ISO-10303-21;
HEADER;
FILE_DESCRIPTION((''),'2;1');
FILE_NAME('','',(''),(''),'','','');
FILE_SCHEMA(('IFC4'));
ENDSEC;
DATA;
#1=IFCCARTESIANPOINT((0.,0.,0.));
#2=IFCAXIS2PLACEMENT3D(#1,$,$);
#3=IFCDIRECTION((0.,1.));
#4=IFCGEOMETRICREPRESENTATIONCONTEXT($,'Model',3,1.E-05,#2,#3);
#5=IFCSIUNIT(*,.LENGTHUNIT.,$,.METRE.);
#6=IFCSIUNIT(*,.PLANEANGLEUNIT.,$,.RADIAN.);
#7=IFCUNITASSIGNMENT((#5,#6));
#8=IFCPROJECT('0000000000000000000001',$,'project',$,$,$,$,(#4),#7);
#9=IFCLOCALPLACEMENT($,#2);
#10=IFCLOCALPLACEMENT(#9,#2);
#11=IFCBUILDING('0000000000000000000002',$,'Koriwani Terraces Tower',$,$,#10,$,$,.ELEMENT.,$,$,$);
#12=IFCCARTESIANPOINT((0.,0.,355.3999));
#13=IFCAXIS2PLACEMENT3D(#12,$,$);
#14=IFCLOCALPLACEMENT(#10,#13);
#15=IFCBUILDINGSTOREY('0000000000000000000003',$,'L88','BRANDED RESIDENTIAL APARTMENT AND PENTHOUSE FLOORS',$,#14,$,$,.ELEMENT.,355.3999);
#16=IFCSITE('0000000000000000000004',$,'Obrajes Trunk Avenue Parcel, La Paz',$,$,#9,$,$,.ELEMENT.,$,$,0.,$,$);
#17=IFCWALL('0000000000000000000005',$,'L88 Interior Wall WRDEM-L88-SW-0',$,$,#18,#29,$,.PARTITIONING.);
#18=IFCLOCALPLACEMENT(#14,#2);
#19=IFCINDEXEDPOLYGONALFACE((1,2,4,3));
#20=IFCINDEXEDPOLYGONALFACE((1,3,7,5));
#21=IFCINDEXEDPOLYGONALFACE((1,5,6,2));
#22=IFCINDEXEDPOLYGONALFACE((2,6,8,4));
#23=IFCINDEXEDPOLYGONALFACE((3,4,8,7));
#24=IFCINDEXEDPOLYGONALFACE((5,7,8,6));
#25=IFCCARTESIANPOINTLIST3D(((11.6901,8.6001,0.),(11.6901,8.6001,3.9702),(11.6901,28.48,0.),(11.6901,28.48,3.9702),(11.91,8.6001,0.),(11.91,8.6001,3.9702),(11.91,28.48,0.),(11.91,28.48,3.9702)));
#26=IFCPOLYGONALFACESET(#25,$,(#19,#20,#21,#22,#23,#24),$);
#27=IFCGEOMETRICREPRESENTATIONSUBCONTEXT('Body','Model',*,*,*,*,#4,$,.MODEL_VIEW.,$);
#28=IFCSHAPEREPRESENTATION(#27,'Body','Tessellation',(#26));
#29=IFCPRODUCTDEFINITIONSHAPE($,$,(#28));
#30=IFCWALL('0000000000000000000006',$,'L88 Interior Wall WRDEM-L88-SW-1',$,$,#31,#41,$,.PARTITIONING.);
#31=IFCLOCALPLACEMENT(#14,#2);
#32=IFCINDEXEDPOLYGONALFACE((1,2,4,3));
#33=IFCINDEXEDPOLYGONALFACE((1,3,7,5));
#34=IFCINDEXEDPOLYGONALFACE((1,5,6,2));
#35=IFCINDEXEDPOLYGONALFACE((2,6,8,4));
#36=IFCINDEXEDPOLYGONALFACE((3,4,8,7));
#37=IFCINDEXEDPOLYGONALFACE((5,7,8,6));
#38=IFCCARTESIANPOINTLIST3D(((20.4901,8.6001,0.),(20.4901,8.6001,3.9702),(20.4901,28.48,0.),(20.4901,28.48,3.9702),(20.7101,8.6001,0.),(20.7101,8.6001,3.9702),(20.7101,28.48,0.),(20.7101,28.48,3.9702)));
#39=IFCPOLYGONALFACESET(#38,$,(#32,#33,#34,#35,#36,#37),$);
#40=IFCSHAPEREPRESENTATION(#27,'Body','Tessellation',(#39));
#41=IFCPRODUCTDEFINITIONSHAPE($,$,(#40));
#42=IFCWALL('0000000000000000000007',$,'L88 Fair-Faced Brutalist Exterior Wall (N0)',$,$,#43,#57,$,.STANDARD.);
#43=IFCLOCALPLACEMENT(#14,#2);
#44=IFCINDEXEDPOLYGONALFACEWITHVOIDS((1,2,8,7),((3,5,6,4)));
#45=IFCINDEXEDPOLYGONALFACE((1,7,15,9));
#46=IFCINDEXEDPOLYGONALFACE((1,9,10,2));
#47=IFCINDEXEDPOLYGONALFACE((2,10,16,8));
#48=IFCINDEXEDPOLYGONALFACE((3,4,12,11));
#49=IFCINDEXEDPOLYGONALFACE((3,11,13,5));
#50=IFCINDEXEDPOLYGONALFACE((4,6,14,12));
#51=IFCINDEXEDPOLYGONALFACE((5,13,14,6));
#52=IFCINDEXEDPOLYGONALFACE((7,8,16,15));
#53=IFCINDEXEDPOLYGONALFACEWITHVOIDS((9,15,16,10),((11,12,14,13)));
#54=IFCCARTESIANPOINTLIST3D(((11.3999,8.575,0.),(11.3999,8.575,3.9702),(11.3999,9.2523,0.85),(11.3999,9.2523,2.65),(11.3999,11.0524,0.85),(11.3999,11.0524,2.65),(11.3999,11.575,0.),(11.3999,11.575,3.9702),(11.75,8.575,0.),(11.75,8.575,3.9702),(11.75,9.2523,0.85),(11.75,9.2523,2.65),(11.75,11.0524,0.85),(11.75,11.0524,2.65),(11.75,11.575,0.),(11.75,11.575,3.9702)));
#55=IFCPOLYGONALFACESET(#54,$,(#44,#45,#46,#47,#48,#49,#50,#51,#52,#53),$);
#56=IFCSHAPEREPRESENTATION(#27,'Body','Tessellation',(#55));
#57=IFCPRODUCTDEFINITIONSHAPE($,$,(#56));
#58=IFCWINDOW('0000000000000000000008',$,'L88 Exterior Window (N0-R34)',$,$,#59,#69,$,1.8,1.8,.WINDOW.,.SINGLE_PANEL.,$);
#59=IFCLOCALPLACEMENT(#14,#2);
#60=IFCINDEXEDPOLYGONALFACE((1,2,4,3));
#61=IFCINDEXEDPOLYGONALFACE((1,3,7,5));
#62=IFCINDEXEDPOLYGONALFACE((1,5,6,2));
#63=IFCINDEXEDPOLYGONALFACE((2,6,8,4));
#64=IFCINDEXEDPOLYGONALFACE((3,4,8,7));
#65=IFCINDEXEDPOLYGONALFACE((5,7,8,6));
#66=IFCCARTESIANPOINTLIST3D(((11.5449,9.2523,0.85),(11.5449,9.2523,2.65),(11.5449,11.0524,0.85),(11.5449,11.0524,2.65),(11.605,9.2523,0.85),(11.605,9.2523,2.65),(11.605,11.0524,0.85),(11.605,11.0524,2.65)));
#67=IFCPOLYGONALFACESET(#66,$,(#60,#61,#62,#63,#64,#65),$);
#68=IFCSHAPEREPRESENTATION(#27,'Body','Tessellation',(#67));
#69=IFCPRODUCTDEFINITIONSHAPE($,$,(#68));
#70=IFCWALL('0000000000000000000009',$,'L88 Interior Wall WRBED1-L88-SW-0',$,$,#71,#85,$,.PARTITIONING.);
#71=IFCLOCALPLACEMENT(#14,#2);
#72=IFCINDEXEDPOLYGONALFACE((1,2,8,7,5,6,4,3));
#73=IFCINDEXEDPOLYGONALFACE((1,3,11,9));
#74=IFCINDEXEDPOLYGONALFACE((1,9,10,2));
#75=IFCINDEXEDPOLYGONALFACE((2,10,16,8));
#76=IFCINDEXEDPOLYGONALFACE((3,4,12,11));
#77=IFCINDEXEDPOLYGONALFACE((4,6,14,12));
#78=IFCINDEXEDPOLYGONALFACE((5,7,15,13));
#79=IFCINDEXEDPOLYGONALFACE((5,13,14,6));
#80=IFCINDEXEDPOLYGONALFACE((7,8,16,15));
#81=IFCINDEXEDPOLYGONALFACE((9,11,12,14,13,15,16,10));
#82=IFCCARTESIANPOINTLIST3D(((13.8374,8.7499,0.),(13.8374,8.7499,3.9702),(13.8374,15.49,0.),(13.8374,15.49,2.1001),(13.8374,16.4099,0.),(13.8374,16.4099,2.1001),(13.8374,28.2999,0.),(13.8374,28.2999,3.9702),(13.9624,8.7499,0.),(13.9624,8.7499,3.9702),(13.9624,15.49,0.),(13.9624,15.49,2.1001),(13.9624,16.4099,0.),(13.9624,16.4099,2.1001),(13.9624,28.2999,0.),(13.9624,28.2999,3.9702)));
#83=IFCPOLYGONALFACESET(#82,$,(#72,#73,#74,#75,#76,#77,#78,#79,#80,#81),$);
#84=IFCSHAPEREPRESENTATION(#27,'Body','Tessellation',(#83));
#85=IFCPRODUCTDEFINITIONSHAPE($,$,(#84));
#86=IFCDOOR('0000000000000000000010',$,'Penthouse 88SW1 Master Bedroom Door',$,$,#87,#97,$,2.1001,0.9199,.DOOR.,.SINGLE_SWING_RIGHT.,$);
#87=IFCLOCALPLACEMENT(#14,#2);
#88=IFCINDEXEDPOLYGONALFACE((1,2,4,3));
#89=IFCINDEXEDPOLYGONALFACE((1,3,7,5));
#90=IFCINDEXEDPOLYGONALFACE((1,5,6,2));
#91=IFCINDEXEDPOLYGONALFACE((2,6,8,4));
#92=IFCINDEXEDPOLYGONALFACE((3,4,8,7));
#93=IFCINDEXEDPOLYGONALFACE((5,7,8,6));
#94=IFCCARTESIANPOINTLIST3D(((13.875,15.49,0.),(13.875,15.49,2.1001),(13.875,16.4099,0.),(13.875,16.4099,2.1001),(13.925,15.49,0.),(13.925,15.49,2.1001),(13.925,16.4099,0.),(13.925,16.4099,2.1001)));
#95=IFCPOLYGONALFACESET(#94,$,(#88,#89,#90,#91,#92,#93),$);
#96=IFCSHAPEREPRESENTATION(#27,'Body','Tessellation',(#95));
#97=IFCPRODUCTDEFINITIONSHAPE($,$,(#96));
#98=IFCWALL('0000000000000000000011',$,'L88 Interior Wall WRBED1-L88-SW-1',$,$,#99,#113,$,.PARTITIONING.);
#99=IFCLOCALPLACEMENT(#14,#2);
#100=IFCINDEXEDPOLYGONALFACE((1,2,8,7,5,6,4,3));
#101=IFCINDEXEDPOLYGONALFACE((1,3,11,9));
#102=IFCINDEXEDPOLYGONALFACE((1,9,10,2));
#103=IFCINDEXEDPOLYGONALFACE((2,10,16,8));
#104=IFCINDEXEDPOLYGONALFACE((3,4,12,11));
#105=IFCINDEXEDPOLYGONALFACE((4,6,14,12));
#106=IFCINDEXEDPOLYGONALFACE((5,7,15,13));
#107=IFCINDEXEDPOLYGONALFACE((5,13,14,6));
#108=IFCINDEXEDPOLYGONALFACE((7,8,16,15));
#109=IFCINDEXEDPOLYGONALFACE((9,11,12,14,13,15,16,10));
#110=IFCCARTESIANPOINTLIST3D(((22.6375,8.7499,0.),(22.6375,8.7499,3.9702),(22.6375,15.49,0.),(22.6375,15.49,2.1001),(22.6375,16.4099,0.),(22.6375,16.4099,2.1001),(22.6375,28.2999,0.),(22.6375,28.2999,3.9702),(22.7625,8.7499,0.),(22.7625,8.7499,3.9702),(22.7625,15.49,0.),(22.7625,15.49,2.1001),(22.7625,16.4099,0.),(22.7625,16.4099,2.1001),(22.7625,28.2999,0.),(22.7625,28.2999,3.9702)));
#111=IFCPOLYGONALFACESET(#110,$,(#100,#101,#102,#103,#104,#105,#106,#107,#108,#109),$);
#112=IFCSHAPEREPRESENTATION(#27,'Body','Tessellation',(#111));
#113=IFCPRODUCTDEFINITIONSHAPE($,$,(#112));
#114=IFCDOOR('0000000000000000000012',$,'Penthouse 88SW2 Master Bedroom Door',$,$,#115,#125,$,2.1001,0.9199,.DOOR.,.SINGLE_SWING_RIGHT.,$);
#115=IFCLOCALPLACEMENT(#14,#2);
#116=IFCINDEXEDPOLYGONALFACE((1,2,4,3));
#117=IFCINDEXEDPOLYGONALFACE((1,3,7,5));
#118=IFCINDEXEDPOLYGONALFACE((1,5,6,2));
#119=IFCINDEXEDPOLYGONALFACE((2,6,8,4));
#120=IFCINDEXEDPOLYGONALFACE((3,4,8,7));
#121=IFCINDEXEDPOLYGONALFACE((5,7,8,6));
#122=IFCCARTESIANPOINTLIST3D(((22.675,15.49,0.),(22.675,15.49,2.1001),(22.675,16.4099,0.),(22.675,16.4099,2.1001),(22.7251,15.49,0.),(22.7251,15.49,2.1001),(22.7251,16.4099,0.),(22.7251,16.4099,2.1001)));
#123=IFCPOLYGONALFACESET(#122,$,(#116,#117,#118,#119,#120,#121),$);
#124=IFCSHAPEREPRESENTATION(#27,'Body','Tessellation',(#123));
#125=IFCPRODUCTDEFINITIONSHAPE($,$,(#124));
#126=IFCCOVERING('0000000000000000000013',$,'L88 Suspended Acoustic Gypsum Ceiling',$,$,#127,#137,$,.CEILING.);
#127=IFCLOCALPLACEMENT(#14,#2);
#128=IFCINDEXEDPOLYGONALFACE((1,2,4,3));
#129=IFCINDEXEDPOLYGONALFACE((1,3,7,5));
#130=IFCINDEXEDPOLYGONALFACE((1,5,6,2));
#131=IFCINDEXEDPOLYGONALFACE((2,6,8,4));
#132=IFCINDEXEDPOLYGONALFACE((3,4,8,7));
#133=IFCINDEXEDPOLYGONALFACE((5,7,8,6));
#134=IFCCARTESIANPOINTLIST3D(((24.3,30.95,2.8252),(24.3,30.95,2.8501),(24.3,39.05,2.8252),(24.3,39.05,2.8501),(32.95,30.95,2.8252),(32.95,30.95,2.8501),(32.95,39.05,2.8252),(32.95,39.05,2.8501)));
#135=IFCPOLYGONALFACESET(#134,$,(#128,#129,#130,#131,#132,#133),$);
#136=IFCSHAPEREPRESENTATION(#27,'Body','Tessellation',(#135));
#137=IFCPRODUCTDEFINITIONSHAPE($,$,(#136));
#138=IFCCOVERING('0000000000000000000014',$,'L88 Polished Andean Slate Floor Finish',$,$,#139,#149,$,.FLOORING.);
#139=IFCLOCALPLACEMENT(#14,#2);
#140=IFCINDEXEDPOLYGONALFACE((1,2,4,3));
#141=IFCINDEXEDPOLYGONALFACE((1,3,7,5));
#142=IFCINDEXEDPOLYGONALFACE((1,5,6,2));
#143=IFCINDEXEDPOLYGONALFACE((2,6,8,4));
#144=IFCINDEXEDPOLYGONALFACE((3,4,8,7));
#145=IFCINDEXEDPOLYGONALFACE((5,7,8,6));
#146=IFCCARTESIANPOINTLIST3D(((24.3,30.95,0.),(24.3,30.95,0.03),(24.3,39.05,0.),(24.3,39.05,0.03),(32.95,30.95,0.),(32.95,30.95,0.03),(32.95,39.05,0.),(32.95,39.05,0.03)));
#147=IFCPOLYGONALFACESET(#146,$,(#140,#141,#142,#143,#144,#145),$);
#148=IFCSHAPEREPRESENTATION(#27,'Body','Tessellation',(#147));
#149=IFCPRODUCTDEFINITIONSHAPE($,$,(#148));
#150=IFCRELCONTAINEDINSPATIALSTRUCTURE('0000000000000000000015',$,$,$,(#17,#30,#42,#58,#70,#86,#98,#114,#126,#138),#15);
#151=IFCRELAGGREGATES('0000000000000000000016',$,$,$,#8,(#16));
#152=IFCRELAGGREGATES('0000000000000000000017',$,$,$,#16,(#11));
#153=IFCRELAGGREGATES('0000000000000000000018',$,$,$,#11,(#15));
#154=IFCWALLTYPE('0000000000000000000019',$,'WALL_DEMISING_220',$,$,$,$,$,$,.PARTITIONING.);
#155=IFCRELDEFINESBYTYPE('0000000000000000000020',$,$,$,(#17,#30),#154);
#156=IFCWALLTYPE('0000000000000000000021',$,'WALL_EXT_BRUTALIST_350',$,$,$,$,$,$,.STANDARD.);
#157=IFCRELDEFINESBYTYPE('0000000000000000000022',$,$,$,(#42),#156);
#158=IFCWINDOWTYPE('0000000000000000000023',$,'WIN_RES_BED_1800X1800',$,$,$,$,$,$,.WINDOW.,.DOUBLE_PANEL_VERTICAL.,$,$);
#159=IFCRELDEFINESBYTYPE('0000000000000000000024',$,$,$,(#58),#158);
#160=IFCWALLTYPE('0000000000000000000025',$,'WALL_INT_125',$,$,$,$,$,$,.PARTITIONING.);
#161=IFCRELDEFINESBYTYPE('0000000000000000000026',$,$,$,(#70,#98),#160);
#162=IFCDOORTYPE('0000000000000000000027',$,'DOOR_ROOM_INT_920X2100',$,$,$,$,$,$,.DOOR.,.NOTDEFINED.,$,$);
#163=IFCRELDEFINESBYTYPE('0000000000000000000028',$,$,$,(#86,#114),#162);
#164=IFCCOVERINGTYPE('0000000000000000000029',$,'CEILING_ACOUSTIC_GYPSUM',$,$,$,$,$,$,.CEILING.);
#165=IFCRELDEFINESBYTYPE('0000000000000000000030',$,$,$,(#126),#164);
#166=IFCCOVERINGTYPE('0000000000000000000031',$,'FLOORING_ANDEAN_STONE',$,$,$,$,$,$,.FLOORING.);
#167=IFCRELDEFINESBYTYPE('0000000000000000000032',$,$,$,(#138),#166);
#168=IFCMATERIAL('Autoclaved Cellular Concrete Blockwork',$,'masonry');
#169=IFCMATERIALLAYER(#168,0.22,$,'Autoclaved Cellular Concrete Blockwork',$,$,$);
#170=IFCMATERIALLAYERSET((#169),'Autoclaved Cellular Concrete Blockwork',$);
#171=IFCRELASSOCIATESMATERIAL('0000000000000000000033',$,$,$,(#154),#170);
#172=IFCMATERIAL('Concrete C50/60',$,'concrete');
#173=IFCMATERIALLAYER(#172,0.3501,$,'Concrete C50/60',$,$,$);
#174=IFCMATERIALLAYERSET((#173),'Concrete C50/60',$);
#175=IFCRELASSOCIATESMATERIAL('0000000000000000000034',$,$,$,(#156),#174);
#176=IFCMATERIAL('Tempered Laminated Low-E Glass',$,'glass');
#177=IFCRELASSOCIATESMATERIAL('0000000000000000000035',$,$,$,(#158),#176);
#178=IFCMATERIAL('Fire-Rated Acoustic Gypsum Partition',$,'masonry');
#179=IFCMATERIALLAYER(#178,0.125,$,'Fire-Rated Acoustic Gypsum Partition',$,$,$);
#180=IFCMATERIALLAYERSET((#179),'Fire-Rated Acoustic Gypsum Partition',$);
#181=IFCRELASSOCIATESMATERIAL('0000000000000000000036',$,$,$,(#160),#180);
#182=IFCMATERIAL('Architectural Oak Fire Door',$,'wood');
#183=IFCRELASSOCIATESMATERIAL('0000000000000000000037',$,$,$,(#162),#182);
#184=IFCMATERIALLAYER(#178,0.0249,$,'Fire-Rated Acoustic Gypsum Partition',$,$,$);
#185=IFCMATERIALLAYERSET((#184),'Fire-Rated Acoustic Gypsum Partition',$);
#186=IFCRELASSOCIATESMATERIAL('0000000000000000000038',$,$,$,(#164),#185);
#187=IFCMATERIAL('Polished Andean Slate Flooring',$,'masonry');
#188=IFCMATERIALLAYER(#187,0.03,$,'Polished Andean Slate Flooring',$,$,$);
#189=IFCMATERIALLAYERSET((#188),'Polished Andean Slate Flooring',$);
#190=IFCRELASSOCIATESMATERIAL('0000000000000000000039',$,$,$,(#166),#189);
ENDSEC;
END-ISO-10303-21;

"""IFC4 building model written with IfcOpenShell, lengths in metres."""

from ifc_helpers import new_model, si_unit, direction, frame, frame_2d, origin, place, context, subcontext, project, spatial, polyline, rectangle, outline, extrude, material, layer, layer_set, type_object, element, fill, save


model = new_model("IFC4")

# Units and contexts
model_context = context("Model", 3, precision=1e-05, world=origin(), true_north=direction((0.0, 1.0)))
body_context = subcontext(model_context, "Body", "Model", "MODEL_VIEW")
ifc_project = project(units=[si_unit("LENGTHUNIT", "METRE"), si_unit("PLANEANGLEUNIT", "RADIAN")], contexts=[model_context])

# Site, building, storey
site_placement = place(None, origin())
site = spatial("IfcSite", under=ifc_project, at=site_placement, Name="Obrajes Trunk Avenue Parcel, La Paz", CompositionType="ELEMENT", RefElevation=0.0)
building_placement = place(site_placement, origin())
building = spatial("IfcBuilding", under=site, at=building_placement, Name="Koriwani Terraces Tower", CompositionType="ELEMENT")
storey_placement = place(building_placement, frame((0.0, 0.0, 355.3999)))
storey = spatial("IfcBuildingStorey", under=building, at=storey_placement, Name="L88", Description="BRANDED RESIDENTIAL APARTMENT AND PENTHOUSE FLOORS", CompositionType="ELEMENT", Elevation=355.3999)

# Shared definitions
ifc_material_1 = material(Name="Concrete C50/60", Category="concrete")

# Walls
ifc_material_2 = material(Name="Autoclaved Cellular Concrete Blockwork", Category="masonry")
ifc_layer_1 = layer(ifc_material_2, 0.22, Name="Autoclaved Cellular Concrete Blockwork")
ifc_layer_set_1 = layer_set([ifc_layer_1], Name="Autoclaved Cellular Concrete Blockwork")
wall_type_1 = type_object("IfcWallType", Name="WALL_DEMISING_220", PredefinedType="PARTITIONING", material=ifc_layer_set_1)
for number, where, z_axis, x_axis, name in (
    (1, (11.8, 8.6001, 0.0), (0.0, 0.0, 1.0), (0.0, 1.0, 0.0), "L88 Interior Wall WRDEM-L88-SW-0"),
    (2, (20.6001, 8.6001, 0.0), (0.0, 0.0, 1.0), (0.0, 1.0, 0.0), "L88 Interior Wall WRDEM-L88-SW-1"),
):
    element("IfcWall", number, at=place(storey_placement, frame(where, z_axis=z_axis, x_axis=x_axis)), inside=storey, type_object=wall_type_1, Name=name, PredefinedType="PARTITIONING", context=body_context, shape_type="SweptSolid", body=[
        extrude(rectangle(XDim=19.8799, YDim=0.22, at=frame_2d((9.9399, 0.0))), origin(), (0.0, 0.0, 1.0), 3.9702),
    ])

# Wall, opening, window
ifc_layer_2 = layer(ifc_material_1, 0.3501, Name="Concrete C50/60")
ifc_layer_set_2 = layer_set([ifc_layer_2], Name="Concrete C50/60")
wall_type_2 = type_object("IfcWallType", Name="WALL_EXT_BRUTALIST_350", PredefinedType="STANDARD", material=ifc_layer_set_2)
wall_1_placement = place(storey_placement, frame((11.575, 8.575, 0.0), z_axis=(0.0, 0.0, 1.0), x_axis=(0.0, 1.0, 0.0)))
wall_1 = element("IfcWall", 3, at=wall_1_placement, inside=storey, type_object=wall_type_2, Name="L88 Fair-Faced Brutalist Exterior Wall (N0)", PredefinedType="STANDARD", context=body_context, shape_type="SweptSolid", body=[
    extrude(rectangle(XDim=3.0, YDim=0.3501, at=frame_2d((1.5, 0.0))), origin(), (0.0, 0.0, 1.0), 3.9702),
])
opening_1_placement = place(wall_1_placement, frame((0.6775, 0.0, 0.8501)))
opening_1 = element("IfcOpeningElement", 4, at=opening_1_placement, cuts=wall_1, PredefinedType="OPENING", context=body_context, shape_type="SweptSolid", body=[
    extrude(rectangle(XDim=1.8, YDim=1.8, at=frame_2d((0.8999, 0.8999))), frame((0.0, 0.1851, 0.0), z_axis=(0.0, -1.0, 0.0), x_axis=(1.0, 0.0, 0.0)), (0.0, 0.0, 1.0), 0.3701),
])
ifc_material_3 = material(Name="Tempered Laminated Low-E Glass", Category="glass")
window_type = type_object("IfcWindowType", Name="WIN_RES_BED_1800X1800", PartitioningType="DOUBLE_PANEL_VERTICAL", PredefinedType="WINDOW", material=ifc_material_3)
window_placement = place(opening_1_placement, origin())
window = element("IfcWindow", 5, at=window_placement, inside=storey, type_object=window_type, Name="L88 Exterior Window (N0-R34)", OverallHeight=1.8, OverallWidth=1.8, PartitioningType="SINGLE_PANEL", PredefinedType="WINDOW", context=body_context, shape_type="SweptSolid", body=[
    extrude(rectangle(XDim=1.8, YDim=1.8, at=frame_2d((0.8999, 0.8999))), frame((0.0, 0.03, 0.0), z_axis=(0.0, -1.0, 0.0), x_axis=(1.0, 0.0, 0.0)), (0.0, 0.0, 1.0), 0.0601),
])
fill(opening_1, window)

# Walls, openings, doors
ifc_material_4 = material(Name="Fire-Rated Acoustic Gypsum Partition", Category="masonry")
ifc_layer_3 = layer(ifc_material_4, 0.125, Name="Fire-Rated Acoustic Gypsum Partition")
ifc_layer_set_3 = layer_set([ifc_layer_3], Name="Fire-Rated Acoustic Gypsum Partition")
wall_type_3 = type_object("IfcWallType", Name="WALL_INT_125", PredefinedType="PARTITIONING", material=ifc_layer_set_3)
wall_2_placement = place(storey_placement, frame((13.8999, 8.75, 0.0), z_axis=(0.0, 0.0, 1.0), x_axis=(0.0, 1.0, 0.0)))
wall_2 = element("IfcWall", 6, at=wall_2_placement, inside=storey, type_object=wall_type_3, Name="L88 Interior Wall WRBED1-L88-SW-0", PredefinedType="PARTITIONING", context=body_context, shape_type="SweptSolid", body=[
    extrude(rectangle(XDim=19.55, YDim=0.125, at=frame_2d((9.7749, 0.0))), origin(), (0.0, 0.0, 1.0), 3.9702),
])
opening_2_placement = place(wall_2_placement, frame((6.74, 0.0, 0.0)))
opening_2 = element("IfcOpeningElement", 7, at=opening_2_placement, cuts=wall_2, PredefinedType="OPENING", context=body_context, shape_type="SweptSolid", body=[
    extrude(rectangle(XDim=0.9199, YDim=2.1001, at=frame_2d((0.46, 1.05))), frame((0.0, 0.0725, 0.0), z_axis=(0.0, -1.0, 0.0), x_axis=(1.0, 0.0, 0.0)), (0.0, 0.0, 1.0), 0.145),
])
ifc_material_5 = material(Name="Architectural Oak Fire Door", Category="wood")
door_type = type_object("IfcDoorType", Name="DOOR_ROOM_INT_920X2100", OperationType="NOTDEFINED", PredefinedType="DOOR", material=ifc_material_5)
door_1_placement = place(opening_2_placement, origin())
door_1 = element("IfcDoor", 8, at=door_1_placement, inside=storey, type_object=door_type, Name="Penthouse 88SW1 Master Bedroom Door", OperationType="SINGLE_SWING_RIGHT", OverallHeight=2.1001, OverallWidth=0.9199, PredefinedType="DOOR", context=body_context, shape_type="SweptSolid", body=[
    extrude(rectangle(XDim=0.9199, YDim=2.1001, at=frame_2d((0.46, 1.05))), frame((0.0, 0.0249, 0.0), z_axis=(0.0, -1.0, 0.0), x_axis=(1.0, 0.0, 0.0)), (0.0, 0.0, 1.0), 0.05),
])
fill(opening_2, door_1)
wall_3_placement = place(storey_placement, frame((22.7, 8.75, 0.0), z_axis=(0.0, 0.0, 1.0), x_axis=(0.0, 1.0, 0.0)))
wall_3 = element("IfcWall", 9, at=wall_3_placement, inside=storey, type_object=wall_type_3, Name="L88 Interior Wall WRBED1-L88-SW-1", PredefinedType="PARTITIONING", context=body_context, shape_type="SweptSolid", body=[
    extrude(rectangle(XDim=19.55, YDim=0.125, at=frame_2d((9.7749, 0.0))), origin(), (0.0, 0.0, 1.0), 3.9702),
])
opening_3_placement = place(wall_3_placement, frame((6.74, 0.0, 0.0)))
opening_3 = element("IfcOpeningElement", 10, at=opening_3_placement, cuts=wall_3, PredefinedType="OPENING", context=body_context, shape_type="SweptSolid", body=[
    extrude(rectangle(XDim=0.9199, YDim=2.1001, at=frame_2d((0.46, 1.05))), frame((0.0, 0.0725, 0.0), z_axis=(0.0, -1.0, 0.0), x_axis=(1.0, 0.0, 0.0)), (0.0, 0.0, 1.0), 0.145),
])
door_2_placement = place(opening_3_placement, origin())
door_2 = element("IfcDoor", 11, at=door_2_placement, inside=storey, type_object=door_type, Name="Penthouse 88SW2 Master Bedroom Door", OperationType="SINGLE_SWING_RIGHT", OverallHeight=2.1001, OverallWidth=0.9199, PredefinedType="DOOR", context=body_context, shape_type="SweptSolid", body=[
    extrude(rectangle(XDim=0.9199, YDim=2.1001, at=frame_2d((0.46, 1.05))), frame((0.0, 0.0249, 0.0), z_axis=(0.0, -1.0, 0.0), x_axis=(1.0, 0.0, 0.0)), (0.0, 0.0, 1.0), 0.05),
])
fill(opening_3, door_2)

# Coverings
ifc_layer_4 = layer(ifc_material_4, 0.0249, Name="Fire-Rated Acoustic Gypsum Partition")
ifc_layer_set_4 = layer_set([ifc_layer_4], Name="Fire-Rated Acoustic Gypsum Partition")
covering_type_1 = type_object("IfcCoveringType", Name="CEILING_ACOUSTIC_GYPSUM", PredefinedType="CEILING", material=ifc_layer_set_4)
covering_1_placement = place(storey_placement, frame((0.0, 0.0, 2.8252)))
element("IfcCovering", 12, at=covering_1_placement, inside=storey, type_object=covering_type_1, Name="L88 Suspended Acoustic Gypsum Ceiling", PredefinedType="CEILING", context=body_context, shape_type="SweptSolid", body=[
    extrude(outline(polyline([(24.3, 30.95), (24.3, 39.05), (32.95, 39.05), (32.95, 30.95), (24.3, 30.95)])), origin(), (0.0, 0.0, 1.0), 0.0249),
])
ifc_material_6 = material(Name="Polished Andean Slate Flooring", Category="masonry")
ifc_layer_5 = layer(ifc_material_6, 0.03, Name="Polished Andean Slate Flooring")
ifc_layer_set_5 = layer_set([ifc_layer_5], Name="Polished Andean Slate Flooring")
covering_type_2 = type_object("IfcCoveringType", Name="FLOORING_ANDEAN_STONE", PredefinedType="FLOORING", material=ifc_layer_set_5)
covering_2_placement = place(storey_placement, origin())
element("IfcCovering", 13, at=covering_2_placement, inside=storey, type_object=covering_type_2, Name="L88 Polished Andean Slate Floor Finish", PredefinedType="FLOORING", context=body_context, shape_type="SweptSolid", body=[
    extrude(outline(polyline([(24.3, 30.95), (24.3, 39.05), (32.95, 39.05), (32.95, 30.95), (24.3, 30.95)])), origin(), (0.0, 0.0, 1.0), 0.03),
])

save(model, "model.ifc")
